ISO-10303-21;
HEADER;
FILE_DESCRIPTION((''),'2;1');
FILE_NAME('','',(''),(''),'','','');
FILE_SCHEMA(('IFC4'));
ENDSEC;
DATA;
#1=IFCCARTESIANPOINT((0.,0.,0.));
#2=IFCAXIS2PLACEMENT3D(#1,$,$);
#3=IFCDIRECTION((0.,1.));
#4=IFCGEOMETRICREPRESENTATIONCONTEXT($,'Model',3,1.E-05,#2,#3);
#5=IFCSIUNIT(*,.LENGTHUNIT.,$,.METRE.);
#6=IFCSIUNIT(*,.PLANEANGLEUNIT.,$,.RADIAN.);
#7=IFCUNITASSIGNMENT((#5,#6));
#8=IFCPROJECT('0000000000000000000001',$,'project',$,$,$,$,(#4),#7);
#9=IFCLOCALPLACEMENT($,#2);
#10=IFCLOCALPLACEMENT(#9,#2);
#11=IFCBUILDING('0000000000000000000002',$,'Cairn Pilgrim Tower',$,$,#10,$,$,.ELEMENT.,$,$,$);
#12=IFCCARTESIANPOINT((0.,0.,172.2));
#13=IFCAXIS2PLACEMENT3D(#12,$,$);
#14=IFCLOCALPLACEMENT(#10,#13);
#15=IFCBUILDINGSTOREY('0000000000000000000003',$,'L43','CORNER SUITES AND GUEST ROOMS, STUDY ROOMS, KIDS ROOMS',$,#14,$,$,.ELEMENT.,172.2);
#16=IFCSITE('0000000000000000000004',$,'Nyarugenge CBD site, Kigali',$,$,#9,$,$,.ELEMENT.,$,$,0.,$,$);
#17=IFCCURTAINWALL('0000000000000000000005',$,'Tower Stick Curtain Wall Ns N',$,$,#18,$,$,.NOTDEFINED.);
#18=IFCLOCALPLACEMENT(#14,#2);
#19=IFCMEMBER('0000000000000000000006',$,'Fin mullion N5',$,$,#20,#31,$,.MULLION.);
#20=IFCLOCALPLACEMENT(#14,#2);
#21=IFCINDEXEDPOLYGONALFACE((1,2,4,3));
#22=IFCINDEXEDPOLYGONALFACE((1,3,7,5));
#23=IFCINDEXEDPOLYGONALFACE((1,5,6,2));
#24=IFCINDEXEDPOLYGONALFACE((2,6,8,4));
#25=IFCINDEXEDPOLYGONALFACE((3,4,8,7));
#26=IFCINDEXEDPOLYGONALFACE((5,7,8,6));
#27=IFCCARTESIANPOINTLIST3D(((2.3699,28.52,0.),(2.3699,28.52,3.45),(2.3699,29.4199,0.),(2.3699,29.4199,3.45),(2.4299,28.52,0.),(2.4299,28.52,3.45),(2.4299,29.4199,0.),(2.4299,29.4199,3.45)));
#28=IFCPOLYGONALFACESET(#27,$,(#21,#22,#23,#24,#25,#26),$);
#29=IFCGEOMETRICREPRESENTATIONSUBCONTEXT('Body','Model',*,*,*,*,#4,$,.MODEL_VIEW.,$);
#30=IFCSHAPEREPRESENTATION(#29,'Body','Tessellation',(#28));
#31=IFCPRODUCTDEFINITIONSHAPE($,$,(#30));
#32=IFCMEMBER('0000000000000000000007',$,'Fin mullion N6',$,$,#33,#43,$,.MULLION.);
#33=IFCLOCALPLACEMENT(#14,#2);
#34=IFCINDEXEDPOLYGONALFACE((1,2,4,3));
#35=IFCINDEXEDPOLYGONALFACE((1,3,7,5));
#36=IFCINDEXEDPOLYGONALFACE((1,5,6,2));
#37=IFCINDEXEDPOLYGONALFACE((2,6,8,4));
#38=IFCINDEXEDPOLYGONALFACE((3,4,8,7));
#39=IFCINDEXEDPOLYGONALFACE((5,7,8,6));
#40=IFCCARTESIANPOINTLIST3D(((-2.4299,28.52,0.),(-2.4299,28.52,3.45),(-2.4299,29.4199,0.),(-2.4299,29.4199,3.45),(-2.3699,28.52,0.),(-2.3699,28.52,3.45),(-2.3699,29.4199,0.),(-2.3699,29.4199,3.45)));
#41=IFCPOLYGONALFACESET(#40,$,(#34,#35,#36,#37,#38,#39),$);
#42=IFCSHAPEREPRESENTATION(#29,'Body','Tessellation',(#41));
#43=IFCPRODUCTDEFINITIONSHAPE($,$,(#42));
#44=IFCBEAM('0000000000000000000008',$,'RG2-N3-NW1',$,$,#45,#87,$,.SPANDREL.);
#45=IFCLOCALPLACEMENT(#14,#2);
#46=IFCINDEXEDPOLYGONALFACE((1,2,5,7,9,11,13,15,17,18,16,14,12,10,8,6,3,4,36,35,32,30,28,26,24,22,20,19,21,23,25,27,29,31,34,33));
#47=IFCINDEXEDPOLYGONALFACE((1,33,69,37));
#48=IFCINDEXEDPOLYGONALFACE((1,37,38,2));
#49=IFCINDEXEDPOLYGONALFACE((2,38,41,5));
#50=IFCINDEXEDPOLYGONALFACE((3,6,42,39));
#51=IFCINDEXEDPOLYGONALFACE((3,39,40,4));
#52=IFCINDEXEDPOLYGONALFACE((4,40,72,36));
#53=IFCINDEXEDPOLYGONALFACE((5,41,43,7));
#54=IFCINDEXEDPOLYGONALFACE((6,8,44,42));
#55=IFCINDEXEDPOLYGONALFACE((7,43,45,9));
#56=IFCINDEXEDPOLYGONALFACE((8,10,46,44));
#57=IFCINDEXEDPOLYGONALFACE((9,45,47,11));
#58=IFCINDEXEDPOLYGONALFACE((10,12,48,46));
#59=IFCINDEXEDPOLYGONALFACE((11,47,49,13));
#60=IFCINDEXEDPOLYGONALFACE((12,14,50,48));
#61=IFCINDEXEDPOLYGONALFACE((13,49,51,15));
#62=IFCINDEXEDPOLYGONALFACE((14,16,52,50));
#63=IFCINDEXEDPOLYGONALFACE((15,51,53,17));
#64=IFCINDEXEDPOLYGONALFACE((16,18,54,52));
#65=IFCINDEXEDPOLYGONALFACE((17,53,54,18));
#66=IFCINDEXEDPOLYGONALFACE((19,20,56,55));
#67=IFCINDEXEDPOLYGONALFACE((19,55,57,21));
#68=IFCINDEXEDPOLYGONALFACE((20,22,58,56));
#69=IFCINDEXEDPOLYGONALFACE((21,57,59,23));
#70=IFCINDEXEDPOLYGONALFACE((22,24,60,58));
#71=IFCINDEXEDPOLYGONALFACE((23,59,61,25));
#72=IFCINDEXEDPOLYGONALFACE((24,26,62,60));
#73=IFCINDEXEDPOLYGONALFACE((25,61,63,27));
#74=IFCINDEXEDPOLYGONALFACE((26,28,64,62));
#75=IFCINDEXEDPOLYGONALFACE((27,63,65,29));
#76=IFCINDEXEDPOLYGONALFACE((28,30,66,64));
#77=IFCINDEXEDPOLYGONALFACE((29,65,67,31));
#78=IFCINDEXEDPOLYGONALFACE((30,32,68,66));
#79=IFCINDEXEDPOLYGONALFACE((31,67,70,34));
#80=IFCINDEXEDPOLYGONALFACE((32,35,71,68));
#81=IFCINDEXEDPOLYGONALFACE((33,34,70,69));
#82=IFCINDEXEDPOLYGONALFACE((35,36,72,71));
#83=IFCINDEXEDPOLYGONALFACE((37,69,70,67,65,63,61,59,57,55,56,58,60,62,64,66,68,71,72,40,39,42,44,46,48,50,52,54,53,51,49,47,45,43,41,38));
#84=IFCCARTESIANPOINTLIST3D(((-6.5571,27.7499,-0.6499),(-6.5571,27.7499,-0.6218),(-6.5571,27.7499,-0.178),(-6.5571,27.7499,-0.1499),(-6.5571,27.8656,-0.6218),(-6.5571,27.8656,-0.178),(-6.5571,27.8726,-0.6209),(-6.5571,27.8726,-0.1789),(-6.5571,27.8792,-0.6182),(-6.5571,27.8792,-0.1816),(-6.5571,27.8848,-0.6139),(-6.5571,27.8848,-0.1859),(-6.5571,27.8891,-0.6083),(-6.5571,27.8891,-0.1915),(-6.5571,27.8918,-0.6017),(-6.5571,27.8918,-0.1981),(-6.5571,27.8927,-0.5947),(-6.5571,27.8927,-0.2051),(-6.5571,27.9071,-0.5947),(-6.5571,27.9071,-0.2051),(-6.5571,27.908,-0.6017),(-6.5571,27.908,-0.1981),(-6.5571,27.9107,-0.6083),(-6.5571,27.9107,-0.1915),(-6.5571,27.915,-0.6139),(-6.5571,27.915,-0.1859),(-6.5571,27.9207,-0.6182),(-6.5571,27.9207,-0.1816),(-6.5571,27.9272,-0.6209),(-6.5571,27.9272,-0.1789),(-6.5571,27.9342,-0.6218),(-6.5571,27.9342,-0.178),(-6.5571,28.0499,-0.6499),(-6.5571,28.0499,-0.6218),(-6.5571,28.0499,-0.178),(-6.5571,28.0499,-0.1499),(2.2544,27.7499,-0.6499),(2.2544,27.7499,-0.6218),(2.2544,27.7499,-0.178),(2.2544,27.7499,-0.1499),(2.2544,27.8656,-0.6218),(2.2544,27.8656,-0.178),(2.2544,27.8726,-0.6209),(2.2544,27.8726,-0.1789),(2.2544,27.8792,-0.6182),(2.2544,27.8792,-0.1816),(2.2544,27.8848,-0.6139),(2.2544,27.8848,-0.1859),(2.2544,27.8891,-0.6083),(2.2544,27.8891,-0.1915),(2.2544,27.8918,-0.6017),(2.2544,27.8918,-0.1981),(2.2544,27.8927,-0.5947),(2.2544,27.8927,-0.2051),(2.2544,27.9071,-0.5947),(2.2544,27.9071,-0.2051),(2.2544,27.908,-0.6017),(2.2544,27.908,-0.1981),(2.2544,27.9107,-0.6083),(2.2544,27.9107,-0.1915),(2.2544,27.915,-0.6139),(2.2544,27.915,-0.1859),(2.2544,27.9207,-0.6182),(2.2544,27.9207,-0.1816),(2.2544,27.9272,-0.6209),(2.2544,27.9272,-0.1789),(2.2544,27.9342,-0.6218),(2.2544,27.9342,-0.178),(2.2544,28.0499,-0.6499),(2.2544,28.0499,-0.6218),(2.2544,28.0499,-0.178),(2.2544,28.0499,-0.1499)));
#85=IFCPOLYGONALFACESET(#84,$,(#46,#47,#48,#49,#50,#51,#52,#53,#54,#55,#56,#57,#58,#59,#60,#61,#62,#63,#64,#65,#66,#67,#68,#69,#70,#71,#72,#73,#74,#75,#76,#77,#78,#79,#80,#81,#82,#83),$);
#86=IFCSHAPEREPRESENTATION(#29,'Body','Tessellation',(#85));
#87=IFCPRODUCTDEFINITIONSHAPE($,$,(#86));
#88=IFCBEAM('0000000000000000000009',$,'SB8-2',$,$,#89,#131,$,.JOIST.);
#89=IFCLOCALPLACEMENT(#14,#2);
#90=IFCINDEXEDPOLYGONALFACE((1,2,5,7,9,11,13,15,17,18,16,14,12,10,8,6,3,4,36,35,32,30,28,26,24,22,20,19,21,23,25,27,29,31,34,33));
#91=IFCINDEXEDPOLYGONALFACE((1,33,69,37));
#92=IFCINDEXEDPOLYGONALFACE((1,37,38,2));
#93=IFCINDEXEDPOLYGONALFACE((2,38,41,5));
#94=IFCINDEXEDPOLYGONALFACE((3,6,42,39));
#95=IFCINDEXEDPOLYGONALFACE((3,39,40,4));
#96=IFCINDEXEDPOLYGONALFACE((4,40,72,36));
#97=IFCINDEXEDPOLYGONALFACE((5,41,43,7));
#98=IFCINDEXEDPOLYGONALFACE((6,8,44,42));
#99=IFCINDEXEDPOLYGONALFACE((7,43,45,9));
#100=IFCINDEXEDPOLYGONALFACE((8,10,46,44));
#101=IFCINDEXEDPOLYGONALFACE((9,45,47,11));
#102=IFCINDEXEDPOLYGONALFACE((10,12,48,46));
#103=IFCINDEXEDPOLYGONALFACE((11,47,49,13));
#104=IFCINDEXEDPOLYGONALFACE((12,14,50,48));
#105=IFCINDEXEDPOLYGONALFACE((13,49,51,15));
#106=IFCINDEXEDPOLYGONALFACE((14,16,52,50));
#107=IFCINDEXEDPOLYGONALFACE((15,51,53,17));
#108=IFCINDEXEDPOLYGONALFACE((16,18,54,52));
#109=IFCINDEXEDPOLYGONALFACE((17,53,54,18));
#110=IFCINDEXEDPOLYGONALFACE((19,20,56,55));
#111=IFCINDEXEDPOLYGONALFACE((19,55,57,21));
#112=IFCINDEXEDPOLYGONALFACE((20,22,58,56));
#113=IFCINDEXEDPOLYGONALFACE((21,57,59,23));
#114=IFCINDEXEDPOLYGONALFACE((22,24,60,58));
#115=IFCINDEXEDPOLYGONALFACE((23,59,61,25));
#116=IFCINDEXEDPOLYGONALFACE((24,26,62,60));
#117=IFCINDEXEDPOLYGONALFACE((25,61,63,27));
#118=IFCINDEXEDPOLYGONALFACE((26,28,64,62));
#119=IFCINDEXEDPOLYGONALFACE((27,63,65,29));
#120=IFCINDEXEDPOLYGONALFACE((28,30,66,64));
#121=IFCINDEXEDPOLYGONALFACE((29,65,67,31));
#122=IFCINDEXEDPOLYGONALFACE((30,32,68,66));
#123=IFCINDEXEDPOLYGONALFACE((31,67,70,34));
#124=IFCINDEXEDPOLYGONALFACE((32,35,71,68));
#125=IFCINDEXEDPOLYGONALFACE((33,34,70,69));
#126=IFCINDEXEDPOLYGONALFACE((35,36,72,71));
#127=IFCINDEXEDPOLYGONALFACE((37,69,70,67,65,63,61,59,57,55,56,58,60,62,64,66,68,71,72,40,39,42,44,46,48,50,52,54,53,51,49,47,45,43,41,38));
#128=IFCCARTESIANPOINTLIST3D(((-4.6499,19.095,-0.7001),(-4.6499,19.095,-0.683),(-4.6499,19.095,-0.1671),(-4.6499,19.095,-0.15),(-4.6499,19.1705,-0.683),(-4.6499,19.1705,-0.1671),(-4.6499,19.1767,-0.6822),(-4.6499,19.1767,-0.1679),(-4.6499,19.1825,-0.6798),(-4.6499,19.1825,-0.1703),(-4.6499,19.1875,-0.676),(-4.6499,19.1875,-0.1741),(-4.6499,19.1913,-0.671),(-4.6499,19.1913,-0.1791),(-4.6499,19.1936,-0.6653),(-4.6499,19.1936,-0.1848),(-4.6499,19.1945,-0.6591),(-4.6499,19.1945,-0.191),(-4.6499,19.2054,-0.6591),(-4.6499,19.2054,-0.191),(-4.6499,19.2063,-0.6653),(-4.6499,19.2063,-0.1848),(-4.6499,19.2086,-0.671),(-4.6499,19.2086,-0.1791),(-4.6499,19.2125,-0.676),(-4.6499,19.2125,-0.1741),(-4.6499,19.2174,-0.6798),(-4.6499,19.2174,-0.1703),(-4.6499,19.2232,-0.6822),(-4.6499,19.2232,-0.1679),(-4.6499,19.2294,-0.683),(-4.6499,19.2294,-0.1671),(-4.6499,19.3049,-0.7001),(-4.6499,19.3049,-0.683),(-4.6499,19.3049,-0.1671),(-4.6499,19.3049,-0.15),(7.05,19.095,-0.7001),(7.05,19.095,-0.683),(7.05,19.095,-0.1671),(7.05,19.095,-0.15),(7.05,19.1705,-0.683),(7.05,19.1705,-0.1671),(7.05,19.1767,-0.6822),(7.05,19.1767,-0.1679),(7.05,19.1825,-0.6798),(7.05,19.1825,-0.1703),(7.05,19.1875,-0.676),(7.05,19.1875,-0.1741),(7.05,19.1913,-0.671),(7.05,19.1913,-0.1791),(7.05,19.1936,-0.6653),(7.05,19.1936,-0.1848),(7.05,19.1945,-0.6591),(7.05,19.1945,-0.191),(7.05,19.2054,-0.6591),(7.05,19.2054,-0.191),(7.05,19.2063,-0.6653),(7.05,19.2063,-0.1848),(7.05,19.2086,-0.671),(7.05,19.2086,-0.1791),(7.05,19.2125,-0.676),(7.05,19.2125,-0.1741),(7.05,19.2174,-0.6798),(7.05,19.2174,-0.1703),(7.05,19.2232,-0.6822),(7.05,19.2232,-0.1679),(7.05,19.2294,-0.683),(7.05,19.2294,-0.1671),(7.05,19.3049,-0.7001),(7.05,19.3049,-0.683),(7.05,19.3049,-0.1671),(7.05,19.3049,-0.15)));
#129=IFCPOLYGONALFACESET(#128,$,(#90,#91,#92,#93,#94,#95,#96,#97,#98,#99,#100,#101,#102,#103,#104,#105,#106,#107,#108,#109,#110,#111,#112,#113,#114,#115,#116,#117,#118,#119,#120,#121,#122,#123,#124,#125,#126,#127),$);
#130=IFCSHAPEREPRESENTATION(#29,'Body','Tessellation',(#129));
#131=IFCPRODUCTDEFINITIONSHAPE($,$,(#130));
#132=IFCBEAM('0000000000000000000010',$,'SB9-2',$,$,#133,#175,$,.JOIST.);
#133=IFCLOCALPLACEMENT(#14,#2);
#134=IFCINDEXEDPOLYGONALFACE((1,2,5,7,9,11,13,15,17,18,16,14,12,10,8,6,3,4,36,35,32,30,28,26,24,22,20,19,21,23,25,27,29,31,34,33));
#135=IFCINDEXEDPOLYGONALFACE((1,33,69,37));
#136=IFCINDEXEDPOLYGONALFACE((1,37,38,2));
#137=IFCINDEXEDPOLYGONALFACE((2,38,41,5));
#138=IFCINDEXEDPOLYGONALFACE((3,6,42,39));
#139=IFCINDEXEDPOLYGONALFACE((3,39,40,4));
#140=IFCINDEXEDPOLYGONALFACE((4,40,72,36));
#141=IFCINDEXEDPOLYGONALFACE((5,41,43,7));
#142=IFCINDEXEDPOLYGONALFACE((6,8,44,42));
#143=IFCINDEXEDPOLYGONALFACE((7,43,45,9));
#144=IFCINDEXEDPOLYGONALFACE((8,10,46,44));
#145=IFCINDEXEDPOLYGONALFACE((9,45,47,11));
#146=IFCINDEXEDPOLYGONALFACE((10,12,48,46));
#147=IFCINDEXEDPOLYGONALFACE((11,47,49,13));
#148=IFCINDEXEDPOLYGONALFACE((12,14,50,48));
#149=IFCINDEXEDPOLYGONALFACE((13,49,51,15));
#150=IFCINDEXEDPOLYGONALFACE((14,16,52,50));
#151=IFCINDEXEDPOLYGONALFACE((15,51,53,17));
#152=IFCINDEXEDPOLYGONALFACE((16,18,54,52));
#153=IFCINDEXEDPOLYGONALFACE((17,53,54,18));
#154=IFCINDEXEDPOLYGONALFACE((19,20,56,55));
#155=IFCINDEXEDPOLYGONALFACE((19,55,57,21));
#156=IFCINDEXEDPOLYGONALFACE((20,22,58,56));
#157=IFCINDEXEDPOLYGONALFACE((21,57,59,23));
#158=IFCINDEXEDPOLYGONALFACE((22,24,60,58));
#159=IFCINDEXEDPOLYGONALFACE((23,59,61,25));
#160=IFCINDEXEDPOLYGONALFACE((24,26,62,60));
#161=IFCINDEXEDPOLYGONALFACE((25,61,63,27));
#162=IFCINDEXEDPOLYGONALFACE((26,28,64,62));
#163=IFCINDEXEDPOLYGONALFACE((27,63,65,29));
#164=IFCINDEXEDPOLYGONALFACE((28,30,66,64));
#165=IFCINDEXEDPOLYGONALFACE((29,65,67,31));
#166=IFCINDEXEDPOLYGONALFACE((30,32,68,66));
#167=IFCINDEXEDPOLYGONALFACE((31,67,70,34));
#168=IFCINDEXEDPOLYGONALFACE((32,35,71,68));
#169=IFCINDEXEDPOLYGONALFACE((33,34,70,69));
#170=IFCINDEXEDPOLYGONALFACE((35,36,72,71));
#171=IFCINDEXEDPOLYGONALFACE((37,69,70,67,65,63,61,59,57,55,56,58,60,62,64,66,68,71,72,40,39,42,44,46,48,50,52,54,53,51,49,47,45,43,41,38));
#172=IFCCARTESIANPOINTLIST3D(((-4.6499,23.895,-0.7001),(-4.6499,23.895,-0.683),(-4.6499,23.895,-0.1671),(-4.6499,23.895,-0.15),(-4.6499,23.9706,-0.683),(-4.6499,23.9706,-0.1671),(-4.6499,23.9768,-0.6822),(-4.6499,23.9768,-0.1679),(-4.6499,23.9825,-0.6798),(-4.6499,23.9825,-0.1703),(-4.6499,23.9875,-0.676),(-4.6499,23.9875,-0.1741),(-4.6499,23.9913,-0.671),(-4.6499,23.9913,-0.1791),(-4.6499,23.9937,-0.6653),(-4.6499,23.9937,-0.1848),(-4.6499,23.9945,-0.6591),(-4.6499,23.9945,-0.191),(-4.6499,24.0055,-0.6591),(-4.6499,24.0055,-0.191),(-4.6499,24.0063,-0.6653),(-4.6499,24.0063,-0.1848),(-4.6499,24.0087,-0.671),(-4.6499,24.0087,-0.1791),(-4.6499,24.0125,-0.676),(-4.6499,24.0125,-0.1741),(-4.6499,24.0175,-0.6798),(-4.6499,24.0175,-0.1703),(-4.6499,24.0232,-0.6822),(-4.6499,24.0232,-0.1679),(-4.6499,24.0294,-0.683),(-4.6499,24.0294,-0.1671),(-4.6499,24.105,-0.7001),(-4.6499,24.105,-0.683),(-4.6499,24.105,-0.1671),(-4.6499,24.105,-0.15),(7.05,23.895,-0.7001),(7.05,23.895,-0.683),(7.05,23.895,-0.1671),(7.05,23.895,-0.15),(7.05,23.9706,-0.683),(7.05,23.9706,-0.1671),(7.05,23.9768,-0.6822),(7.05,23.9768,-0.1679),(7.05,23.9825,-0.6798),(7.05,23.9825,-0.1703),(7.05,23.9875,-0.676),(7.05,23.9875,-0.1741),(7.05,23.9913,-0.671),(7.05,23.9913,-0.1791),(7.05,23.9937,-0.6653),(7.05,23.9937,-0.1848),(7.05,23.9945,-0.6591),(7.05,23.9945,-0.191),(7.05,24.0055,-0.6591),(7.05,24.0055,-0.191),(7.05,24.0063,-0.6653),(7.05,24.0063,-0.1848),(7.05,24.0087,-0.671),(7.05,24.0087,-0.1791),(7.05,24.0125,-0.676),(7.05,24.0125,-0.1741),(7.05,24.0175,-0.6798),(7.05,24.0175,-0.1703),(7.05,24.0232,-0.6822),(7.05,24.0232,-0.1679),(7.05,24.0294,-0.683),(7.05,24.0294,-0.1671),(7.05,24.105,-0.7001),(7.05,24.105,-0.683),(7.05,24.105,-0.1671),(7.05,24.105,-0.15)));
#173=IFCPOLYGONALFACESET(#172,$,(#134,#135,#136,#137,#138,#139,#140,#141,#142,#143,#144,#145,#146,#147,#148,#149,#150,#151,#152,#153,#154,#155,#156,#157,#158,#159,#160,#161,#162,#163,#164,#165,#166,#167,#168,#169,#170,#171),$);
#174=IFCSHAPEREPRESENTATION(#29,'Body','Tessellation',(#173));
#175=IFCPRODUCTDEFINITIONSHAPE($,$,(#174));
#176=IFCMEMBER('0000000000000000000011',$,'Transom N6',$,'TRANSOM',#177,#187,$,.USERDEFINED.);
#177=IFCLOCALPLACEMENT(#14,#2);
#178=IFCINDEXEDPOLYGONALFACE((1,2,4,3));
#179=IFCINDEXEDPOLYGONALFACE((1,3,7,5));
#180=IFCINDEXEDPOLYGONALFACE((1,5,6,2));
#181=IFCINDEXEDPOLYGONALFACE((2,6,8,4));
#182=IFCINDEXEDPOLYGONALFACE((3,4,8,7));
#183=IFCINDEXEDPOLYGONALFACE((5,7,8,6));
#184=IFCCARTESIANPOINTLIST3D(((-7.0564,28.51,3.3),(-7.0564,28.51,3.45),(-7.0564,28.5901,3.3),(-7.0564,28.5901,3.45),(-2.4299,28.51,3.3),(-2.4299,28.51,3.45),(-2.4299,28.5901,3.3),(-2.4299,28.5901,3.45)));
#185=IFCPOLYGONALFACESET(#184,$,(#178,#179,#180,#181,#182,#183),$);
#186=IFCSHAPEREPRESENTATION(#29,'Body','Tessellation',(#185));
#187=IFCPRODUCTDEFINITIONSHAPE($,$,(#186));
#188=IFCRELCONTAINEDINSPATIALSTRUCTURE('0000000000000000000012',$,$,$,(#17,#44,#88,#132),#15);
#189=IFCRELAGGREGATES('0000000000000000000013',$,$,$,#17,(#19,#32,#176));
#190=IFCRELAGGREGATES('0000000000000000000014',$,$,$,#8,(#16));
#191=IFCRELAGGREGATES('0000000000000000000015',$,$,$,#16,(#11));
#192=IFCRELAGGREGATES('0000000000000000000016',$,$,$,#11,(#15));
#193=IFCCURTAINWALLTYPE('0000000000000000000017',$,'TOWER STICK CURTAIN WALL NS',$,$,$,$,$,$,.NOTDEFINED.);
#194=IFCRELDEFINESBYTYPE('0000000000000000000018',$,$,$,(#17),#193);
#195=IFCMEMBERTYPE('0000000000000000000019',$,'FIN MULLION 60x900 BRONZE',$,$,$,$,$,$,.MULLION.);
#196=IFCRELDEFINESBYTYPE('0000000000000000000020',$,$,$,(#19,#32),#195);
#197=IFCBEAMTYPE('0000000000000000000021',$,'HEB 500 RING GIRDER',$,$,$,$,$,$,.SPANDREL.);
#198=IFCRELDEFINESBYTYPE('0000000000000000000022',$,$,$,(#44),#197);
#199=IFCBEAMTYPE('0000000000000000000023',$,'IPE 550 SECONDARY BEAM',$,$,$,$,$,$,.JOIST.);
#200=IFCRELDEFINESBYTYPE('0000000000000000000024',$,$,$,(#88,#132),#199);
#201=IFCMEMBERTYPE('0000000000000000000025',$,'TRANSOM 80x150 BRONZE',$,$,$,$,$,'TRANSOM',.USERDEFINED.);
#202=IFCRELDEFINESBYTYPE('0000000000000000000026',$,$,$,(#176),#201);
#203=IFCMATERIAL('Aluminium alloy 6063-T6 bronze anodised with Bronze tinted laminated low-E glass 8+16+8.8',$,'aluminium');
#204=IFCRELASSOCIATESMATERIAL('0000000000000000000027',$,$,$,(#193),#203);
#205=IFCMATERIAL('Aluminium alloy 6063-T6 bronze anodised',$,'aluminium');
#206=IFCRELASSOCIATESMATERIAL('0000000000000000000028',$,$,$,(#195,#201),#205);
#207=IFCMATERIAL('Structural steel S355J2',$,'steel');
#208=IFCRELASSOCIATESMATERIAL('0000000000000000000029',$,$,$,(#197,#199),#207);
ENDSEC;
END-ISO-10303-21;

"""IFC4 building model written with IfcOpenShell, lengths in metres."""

from ifc_helpers import new_model, si_unit, direction, frame, origin, origin_2d, place, context, subcontext, project, spatial, rectangle, i_section, extrude, material, material_profile, profile_set, type_object, element, aggregate, save


model = new_model("IFC4")

# Units and contexts
model_context = context("Model", 3, precision=1e-05, world=origin(), true_north=direction((0.0, 1.0)))
body_context = subcontext(model_context, "Body", "Model", "MODEL_VIEW")
ifc_project = project(units=[si_unit("LENGTHUNIT", "METRE"), si_unit("PLANEANGLEUNIT", "RADIAN")], contexts=[model_context])

# Site, building, storey
site_placement = place(None, origin())
site = spatial("IfcSite", under=ifc_project, at=site_placement, Name="Nyarugenge CBD site, Kigali", CompositionType="ELEMENT", RefElevation=0.0)
building_placement = place(site_placement, origin())
building = spatial("IfcBuilding", under=site, at=building_placement, Name="Cairn Pilgrim Tower", CompositionType="ELEMENT")
storey_placement = place(building_placement, frame((0.0, 0.0, 172.2)))
storey = spatial("IfcBuildingStorey", under=building, at=storey_placement, Name="L43", Description="CORNER SUITES AND GUEST ROOMS, STUDY ROOMS, KIDS ROOMS", CompositionType="ELEMENT", Elevation=172.2)

# Curtain wall, members
ifc_material_1 = material(Name="Aluminium alloy 6063-T6 bronze anodised with Bronze tinted laminated low-E glass 8+16+8.8", Category="aluminium")
curtain_wall_type = type_object("IfcCurtainWallType", Name="TOWER STICK CURTAIN WALL NS", PredefinedType="NOTDEFINED", material=ifc_material_1)
curtain_wall_placement = place(storey_placement, origin())
curtain_wall = element("IfcCurtainWall", 1, at=curtain_wall_placement, inside=storey, type_object=curtain_wall_type, Name="Tower Stick Curtain Wall Ns N", PredefinedType="NOTDEFINED")
ifc_material_2 = material(Name="Aluminium alloy 6063-T6 bronze anodised", Category="aluminium")
ifc_material_profile_1 = material_profile(ifc_material_2, rectangle(XDim=0.8999, YDim=0.0601, at=origin_2d()), Name="FIN MULLION 60x900 BRONZE")
ifc_profile_set_1 = profile_set([ifc_material_profile_1], Name="Aluminium alloy 6063-T6 bronze anodised")
member_type_1 = type_object("IfcMemberType", Name="FIN MULLION 60x900 BRONZE", PredefinedType="MULLION", material=ifc_profile_set_1)
member_1_placement = place(storey_placement, frame((2.3999, 28.97, 0.0), z_axis=(0.0, 0.0, 1.0), x_axis=(0.0, 1.0, 0.0)))
member_1 = element("IfcMember", 2, at=member_1_placement, type_object=member_type_1, Name="Fin mullion N5", PredefinedType="MULLION", context=body_context, shape_type="SweptSolid", body=[
    extrude(rectangle(XDim=0.8999, YDim=0.0601, at=origin_2d()), origin(), (0.0, 0.0, 1.0), 3.45),
])
member_2_placement = place(storey_placement, frame((-2.3999, 28.97, 0.0), z_axis=(0.0, 0.0, 1.0), x_axis=(0.0, 1.0, 0.0)))
member_2 = element("IfcMember", 3, at=member_2_placement, type_object=member_type_1, Name="Fin mullion N6", PredefinedType="MULLION", context=body_context, shape_type="SweptSolid", body=[
    extrude(rectangle(XDim=0.8999, YDim=0.0601, at=origin_2d()), origin(), (0.0, 0.0, 1.0), 3.45),
])

# Beams
ifc_material_3 = material(Name="Structural steel S355J2", Category="steel")
ifc_material_profile_2 = material_profile(ifc_material_3, i_section(OverallWidth=0.3, OverallDepth=0.5, WebThickness=0.0144, FlangeThickness=0.0281, FilletRadius=0.0271, at=origin_2d()), Name="HEB 500")
ifc_profile_set_2 = profile_set([ifc_material_profile_2], Name="Structural steel S355J2")
beam_type_1 = type_object("IfcBeamType", Name="HEB 500 RING GIRDER", PredefinedType="SPANDREL", material=ifc_profile_set_2)
beam_placement = place(storey_placement, frame((2.2544, 27.8999, -0.3999), z_axis=(-1.0, 0.0, 0.0), x_axis=(0.0, -1.0, 0.0)))
element("IfcBeam", 4, at=beam_placement, inside=storey, type_object=beam_type_1, Name="RG2-N3-NW1", PredefinedType="SPANDREL", context=body_context, shape_type="SweptSolid", body=[
    extrude(i_section(OverallWidth=0.3, OverallDepth=0.5, WebThickness=0.0144, FlangeThickness=0.0281, FilletRadius=0.0271, at=origin_2d()), origin(), (0.0, 0.0, 1.0), 8.8115),
])
ifc_material_profile_3 = material_profile(ifc_material_3, i_section(OverallWidth=0.21, OverallDepth=0.55, WebThickness=0.011, FlangeThickness=0.0171, FilletRadius=0.0239, at=origin_2d()), Name="IPE 550")
ifc_profile_set_3 = profile_set([ifc_material_profile_3], Name="Structural steel S355J2")
beam_type_2 = type_object("IfcBeamType", Name="IPE 550 SECONDARY BEAM", PredefinedType="JOIST", material=ifc_profile_set_3)
for number, where, z_axis, x_axis, name in (
    (5, (-4.6499, 19.2, -0.425), (1.0, 0.0, 0.0), (0.0, 1.0, 0.0), "SB8-2"),
    (6, (-4.6499, 24.0, -0.425), (1.0, 0.0, 0.0), (0.0, 1.0, 0.0), "SB9-2"),
):
    element("IfcBeam", number, at=place(storey_placement, frame(where, z_axis=z_axis, x_axis=x_axis)), inside=storey, type_object=beam_type_2, Name=name, PredefinedType="JOIST", context=body_context, shape_type="SweptSolid", body=[
        extrude(i_section(OverallWidth=0.21, OverallDepth=0.55, WebThickness=0.011, FlangeThickness=0.0171, FilletRadius=0.0239, at=origin_2d()), origin(), (0.0, 0.0, 1.0), 11.7),
    ])

# Member
ifc_material_profile_4 = material_profile(ifc_material_2, rectangle(XDim=0.0801, YDim=0.1499, at=origin_2d()), Name="TRANSOM 80x150 BRONZE")
ifc_profile_set_4 = profile_set([ifc_material_profile_4], Name="Aluminium alloy 6063-T6 bronze anodised")
member_type_2 = type_object("IfcMemberType", Name="TRANSOM 80x150 BRONZE", ElementType="TRANSOM", PredefinedType="USERDEFINED", material=ifc_profile_set_4)
member_3_placement = place(storey_placement, frame((-2.4299, 28.55, 3.375), z_axis=(-1.0, 0.0, 0.0), x_axis=(0.0, -1.0, 0.0)))
member_3 = element("IfcMember", 7, at=member_3_placement, type_object=member_type_2, Name="Transom N6", ObjectType="TRANSOM", PredefinedType="USERDEFINED", context=body_context, shape_type="SweptSolid", body=[
    extrude(rectangle(XDim=0.0801, YDim=0.1499, at=origin_2d()), origin(), (0.0, 0.0, 1.0), 4.6265),
])

aggregate(curtain_wall, [member_1, member_2, member_3])

save(model, "model.ifc")
